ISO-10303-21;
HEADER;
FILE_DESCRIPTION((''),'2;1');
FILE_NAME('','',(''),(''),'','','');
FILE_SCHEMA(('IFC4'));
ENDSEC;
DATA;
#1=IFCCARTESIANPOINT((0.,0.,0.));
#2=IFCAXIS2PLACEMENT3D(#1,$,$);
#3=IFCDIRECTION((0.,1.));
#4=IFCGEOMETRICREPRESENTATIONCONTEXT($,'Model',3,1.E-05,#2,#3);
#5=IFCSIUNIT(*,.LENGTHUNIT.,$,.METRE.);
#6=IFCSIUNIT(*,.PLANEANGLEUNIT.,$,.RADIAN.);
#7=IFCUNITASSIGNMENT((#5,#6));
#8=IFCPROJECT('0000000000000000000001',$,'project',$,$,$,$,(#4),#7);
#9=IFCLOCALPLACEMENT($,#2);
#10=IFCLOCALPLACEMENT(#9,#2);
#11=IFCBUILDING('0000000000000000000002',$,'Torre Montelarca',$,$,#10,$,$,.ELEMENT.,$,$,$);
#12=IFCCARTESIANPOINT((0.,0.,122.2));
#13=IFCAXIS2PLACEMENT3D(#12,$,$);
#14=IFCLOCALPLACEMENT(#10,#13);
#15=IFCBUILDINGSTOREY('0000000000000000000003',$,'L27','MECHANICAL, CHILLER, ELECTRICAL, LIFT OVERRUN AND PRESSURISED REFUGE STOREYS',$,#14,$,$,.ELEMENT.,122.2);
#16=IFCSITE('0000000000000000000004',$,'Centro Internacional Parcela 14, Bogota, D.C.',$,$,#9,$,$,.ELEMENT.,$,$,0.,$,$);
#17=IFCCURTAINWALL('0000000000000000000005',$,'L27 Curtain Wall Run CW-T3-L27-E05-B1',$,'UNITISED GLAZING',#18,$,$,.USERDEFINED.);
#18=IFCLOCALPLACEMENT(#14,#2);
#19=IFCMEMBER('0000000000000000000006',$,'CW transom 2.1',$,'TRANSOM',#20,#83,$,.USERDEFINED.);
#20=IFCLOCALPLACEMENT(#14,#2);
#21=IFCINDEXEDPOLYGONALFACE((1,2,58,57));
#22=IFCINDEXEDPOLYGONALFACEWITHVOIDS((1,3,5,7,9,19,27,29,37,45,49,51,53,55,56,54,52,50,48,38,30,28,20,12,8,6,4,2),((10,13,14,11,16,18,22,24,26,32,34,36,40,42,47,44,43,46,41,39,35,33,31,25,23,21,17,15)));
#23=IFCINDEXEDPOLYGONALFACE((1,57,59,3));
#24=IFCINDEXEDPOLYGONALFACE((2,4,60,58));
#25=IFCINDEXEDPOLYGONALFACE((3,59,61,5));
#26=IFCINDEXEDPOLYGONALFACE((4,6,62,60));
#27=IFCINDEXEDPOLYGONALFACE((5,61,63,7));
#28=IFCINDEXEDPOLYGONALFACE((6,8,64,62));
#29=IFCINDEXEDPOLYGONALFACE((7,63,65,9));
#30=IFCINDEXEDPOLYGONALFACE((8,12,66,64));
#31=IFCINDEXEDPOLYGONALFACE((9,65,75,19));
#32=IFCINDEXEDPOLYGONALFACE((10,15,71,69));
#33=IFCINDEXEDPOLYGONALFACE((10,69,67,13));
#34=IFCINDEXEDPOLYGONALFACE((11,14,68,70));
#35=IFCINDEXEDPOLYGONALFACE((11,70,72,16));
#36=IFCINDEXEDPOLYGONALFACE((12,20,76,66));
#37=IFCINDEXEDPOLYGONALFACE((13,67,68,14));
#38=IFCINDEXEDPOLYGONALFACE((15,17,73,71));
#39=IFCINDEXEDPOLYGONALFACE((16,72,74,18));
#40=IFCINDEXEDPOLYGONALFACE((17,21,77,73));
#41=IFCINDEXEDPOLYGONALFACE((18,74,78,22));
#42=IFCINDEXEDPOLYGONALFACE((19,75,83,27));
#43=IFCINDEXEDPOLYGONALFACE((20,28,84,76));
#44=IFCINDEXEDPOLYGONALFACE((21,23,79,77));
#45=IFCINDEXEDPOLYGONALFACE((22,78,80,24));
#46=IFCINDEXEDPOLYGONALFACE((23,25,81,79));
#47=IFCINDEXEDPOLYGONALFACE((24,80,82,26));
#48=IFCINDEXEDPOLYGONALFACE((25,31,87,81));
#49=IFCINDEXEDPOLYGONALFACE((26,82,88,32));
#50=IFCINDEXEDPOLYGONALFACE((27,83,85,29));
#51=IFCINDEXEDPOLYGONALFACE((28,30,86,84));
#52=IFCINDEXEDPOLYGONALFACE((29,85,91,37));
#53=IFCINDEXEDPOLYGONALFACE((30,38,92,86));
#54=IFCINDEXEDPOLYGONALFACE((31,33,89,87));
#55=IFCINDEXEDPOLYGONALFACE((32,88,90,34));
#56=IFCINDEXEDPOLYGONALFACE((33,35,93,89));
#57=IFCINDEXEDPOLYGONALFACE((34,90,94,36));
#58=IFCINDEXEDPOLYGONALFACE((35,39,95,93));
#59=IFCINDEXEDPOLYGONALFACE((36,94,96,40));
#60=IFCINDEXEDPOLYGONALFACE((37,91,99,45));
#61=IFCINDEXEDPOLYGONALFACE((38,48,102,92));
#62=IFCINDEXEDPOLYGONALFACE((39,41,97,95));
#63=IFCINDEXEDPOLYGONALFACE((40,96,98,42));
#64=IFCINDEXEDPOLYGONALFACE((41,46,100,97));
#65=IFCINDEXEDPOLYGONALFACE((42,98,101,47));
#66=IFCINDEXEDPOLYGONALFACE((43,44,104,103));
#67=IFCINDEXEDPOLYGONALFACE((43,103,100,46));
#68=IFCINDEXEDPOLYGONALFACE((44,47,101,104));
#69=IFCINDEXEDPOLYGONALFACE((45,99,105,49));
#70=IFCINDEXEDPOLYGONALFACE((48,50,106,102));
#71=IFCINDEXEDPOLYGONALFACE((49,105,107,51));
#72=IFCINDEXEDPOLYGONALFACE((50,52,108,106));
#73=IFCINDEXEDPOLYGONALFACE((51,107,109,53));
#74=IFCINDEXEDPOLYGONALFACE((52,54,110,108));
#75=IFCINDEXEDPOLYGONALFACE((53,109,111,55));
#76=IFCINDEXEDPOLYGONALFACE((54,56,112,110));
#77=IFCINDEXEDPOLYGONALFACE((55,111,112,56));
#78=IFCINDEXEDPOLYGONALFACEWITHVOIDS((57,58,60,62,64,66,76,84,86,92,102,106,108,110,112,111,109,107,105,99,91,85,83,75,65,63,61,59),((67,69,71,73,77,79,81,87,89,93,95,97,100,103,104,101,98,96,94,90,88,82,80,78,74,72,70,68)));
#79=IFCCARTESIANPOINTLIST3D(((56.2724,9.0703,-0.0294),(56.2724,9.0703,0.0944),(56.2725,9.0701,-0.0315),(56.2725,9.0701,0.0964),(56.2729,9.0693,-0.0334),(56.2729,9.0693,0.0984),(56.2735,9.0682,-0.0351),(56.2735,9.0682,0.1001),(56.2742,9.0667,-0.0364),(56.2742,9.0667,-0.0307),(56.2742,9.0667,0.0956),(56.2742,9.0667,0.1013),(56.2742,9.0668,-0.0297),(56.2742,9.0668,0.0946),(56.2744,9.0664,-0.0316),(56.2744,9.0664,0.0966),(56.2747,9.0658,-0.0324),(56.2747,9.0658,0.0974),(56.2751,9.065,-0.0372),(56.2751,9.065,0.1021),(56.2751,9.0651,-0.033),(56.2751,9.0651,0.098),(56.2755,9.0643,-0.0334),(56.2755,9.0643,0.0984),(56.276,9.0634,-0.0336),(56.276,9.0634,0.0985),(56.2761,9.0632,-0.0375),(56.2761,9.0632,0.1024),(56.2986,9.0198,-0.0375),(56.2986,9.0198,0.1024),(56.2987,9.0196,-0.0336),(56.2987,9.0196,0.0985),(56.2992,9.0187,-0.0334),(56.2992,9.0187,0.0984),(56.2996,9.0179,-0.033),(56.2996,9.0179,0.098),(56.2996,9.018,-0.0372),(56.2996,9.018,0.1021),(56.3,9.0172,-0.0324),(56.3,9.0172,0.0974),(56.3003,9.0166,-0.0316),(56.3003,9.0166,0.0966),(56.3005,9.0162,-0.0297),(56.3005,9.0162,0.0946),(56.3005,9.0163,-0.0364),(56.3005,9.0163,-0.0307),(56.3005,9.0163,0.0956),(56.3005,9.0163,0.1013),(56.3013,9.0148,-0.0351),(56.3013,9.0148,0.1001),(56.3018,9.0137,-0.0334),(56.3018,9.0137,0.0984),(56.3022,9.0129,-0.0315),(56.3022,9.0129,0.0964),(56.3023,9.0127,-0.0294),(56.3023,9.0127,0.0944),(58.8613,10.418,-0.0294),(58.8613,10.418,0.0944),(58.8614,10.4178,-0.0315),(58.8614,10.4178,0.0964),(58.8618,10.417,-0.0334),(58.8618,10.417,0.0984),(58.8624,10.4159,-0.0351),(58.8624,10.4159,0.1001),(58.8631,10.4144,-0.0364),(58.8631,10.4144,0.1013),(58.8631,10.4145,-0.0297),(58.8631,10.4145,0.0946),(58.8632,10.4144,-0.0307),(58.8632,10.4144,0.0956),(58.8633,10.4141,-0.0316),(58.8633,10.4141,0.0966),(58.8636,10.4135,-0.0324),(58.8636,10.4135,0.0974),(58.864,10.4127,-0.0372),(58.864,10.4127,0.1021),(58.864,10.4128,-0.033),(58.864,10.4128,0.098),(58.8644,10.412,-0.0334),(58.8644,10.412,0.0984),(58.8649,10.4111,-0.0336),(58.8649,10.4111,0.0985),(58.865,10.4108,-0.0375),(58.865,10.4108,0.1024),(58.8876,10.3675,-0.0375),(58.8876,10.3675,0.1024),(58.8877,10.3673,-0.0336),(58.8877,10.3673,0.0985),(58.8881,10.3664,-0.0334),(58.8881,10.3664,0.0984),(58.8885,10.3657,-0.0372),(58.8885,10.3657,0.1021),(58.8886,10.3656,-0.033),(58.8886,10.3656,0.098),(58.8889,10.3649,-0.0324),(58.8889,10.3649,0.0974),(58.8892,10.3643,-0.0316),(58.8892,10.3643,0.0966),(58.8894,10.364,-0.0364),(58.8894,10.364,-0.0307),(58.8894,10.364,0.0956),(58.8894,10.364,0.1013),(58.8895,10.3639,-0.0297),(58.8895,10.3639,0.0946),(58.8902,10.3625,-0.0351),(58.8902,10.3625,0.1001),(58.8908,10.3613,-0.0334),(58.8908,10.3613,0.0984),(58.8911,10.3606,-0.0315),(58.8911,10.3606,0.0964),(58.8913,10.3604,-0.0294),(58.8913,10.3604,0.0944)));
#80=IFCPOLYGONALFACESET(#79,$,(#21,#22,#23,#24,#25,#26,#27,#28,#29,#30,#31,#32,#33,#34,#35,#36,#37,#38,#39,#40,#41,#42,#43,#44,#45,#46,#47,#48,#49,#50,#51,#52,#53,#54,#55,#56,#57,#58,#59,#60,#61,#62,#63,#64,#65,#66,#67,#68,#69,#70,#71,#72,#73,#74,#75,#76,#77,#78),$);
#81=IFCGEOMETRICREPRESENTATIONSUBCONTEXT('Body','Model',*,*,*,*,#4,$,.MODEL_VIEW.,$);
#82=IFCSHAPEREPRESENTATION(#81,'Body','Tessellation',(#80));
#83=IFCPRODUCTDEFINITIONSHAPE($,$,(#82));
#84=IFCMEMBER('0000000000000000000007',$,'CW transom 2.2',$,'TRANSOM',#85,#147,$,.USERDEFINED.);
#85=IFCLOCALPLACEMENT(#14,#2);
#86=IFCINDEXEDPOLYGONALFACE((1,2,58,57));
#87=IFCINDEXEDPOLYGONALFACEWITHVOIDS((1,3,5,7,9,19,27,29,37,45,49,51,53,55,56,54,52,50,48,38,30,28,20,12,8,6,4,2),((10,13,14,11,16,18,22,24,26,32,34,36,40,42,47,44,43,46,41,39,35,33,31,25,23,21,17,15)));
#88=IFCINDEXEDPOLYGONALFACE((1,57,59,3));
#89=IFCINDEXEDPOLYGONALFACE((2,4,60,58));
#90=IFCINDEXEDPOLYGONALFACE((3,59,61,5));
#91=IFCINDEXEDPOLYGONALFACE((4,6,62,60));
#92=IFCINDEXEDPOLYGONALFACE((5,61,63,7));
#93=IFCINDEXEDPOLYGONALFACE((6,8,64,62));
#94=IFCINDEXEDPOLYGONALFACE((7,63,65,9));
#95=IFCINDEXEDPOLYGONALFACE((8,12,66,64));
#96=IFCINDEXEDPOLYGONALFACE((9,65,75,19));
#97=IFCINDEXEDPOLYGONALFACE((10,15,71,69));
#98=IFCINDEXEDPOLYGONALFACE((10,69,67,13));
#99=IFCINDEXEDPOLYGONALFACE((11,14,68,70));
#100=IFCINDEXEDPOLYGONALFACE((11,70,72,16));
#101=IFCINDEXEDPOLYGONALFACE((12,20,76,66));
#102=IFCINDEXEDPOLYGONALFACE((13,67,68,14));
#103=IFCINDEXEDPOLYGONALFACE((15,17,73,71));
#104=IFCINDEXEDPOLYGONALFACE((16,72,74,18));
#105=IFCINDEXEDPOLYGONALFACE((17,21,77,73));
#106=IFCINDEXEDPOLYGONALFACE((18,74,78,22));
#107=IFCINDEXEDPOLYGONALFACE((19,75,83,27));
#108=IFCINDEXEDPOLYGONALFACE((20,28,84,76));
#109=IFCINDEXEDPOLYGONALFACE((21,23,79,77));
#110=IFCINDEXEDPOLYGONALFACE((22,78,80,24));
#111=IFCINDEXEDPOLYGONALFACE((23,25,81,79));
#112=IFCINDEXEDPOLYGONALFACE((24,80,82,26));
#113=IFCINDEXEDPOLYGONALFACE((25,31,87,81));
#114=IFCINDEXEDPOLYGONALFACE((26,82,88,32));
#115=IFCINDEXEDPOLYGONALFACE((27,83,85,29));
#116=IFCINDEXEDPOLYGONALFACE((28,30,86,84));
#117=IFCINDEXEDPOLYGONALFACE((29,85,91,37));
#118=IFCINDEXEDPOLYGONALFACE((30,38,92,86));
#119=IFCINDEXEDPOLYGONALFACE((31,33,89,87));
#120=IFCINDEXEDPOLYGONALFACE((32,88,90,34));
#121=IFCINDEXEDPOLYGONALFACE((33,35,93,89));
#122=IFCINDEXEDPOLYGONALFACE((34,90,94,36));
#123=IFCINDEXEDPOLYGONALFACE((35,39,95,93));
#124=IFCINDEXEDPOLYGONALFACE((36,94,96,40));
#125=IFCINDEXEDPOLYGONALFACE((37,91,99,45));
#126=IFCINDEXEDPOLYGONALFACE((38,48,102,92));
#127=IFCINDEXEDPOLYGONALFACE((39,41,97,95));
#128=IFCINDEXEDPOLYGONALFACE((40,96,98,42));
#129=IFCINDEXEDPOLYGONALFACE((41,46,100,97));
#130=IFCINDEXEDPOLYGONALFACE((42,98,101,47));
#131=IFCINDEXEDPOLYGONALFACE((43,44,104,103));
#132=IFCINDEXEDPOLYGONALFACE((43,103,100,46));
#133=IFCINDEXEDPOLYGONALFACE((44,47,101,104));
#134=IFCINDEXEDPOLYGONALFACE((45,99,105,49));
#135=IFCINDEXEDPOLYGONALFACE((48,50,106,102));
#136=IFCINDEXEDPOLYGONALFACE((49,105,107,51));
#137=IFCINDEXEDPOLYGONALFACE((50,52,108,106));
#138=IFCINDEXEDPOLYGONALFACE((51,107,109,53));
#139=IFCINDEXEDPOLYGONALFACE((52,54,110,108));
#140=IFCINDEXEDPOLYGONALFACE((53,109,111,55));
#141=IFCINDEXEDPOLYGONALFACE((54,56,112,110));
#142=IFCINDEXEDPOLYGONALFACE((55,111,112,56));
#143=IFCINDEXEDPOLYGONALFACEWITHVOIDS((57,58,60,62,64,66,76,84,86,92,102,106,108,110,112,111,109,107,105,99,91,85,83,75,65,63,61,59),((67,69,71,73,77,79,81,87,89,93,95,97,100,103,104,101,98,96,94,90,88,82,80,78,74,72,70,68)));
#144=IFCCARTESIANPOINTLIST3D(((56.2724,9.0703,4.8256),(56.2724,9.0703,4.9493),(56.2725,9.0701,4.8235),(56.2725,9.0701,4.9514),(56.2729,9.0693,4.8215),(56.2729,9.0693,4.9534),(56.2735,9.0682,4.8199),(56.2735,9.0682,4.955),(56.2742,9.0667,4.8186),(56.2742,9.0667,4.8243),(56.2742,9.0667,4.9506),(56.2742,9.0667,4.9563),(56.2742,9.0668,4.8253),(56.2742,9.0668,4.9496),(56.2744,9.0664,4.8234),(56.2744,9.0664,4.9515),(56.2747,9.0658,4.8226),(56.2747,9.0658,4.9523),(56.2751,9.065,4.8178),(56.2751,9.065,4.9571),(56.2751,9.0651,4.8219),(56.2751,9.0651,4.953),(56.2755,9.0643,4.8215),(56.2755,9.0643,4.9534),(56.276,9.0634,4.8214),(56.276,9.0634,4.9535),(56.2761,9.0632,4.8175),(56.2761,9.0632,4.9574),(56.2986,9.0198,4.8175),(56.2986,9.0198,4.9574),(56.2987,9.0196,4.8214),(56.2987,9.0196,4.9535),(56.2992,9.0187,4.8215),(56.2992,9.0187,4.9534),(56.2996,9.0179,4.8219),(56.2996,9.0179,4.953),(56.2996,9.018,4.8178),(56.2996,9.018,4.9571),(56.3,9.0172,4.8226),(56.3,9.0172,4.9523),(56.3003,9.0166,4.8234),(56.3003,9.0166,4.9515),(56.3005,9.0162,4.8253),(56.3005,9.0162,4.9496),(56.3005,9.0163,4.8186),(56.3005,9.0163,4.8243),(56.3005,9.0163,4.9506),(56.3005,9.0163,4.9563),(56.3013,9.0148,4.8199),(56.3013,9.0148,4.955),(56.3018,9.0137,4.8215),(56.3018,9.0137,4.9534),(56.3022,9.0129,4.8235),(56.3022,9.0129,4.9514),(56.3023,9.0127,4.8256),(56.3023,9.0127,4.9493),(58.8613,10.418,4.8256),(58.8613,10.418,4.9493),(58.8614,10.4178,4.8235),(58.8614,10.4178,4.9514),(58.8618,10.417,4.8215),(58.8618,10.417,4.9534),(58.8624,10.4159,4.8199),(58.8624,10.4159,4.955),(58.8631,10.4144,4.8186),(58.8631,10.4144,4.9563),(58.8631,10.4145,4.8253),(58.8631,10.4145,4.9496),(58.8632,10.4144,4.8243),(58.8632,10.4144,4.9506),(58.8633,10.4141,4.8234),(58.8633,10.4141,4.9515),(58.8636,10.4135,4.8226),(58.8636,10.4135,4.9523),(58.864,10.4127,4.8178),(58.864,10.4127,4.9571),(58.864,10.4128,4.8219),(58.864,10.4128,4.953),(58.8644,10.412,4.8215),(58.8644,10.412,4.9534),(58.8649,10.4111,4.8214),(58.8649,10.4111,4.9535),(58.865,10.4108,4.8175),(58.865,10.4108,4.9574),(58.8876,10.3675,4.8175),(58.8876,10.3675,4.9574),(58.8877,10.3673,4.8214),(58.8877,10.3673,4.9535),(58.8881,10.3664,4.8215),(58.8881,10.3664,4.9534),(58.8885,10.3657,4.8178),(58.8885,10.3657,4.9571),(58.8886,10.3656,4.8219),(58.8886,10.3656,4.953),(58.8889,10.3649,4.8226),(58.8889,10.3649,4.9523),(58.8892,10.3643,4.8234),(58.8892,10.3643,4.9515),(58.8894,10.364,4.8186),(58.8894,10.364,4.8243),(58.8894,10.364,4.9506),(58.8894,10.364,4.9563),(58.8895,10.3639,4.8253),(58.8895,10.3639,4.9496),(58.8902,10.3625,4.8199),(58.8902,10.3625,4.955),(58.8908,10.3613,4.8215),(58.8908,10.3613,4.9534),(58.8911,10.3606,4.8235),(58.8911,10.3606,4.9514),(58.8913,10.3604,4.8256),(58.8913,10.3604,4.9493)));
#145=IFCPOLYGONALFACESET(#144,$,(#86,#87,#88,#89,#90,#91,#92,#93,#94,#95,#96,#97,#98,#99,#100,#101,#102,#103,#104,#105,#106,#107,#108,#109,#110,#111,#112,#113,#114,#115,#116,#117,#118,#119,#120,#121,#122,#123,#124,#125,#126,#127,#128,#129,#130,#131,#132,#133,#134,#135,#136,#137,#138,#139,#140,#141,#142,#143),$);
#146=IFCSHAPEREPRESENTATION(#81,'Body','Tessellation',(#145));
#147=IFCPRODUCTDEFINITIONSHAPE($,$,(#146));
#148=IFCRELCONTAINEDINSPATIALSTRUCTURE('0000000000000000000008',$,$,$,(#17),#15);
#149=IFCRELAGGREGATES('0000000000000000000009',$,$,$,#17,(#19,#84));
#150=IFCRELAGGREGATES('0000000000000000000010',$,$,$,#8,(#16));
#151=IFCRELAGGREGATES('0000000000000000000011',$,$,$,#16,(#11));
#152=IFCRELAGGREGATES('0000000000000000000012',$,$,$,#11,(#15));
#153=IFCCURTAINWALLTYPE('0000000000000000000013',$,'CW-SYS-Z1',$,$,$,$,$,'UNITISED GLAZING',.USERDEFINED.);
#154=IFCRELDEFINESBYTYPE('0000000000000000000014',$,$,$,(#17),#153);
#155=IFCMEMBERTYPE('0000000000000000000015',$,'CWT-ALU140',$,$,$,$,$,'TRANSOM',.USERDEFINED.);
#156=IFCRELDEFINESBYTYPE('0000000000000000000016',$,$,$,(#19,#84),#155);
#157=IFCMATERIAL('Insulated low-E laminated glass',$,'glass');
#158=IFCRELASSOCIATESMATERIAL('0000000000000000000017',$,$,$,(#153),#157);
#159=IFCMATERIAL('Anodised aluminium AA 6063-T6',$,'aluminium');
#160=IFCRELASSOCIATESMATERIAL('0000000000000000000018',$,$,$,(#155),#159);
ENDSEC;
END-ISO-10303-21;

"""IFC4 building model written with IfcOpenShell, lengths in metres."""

from ifc_helpers import new_model, si_unit, direction, frame, origin, origin_2d, place, context, subcontext, project, spatial, hollow_rectangle, extrude, source, transform, mapped, material, material_profile, profile_set, type_object, element, aggregate, save


model = new_model("IFC4")

# Units and contexts
model_context = context("Model", 3, precision=1e-05, world=origin(), true_north=direction((0.0, 1.0)))
body_context = subcontext(model_context, "Body", "Model", "MODEL_VIEW")
ifc_project = project(units=[si_unit("LENGTHUNIT", "METRE"), si_unit("PLANEANGLEUNIT", "RADIAN")], contexts=[model_context])

# Site, building, storey
site_placement = place(None, origin())
site = spatial("IfcSite", under=ifc_project, at=site_placement, Name="Centro Internacional Parcela 14, Bogota, D.C.", CompositionType="ELEMENT", RefElevation=0.0)
building_placement = place(site_placement, origin())
building = spatial("IfcBuilding", under=site, at=building_placement, Name="Torre Montelarca", CompositionType="ELEMENT")
storey_placement = place(building_placement, frame((0.0, 0.0, 122.2)))
storey = spatial("IfcBuildingStorey", under=building, at=storey_placement, Name="L27", Description="MECHANICAL, CHILLER, ELECTRICAL, LIFT OVERRUN AND PRESSURISED REFUGE STOREYS", CompositionType="ELEMENT", Elevation=122.2)

# Curtain wall, members
ifc_material_1 = material(Name="Insulated low-E laminated glass", Category="glass")
curtain_wall_type = type_object("IfcCurtainWallType", Name="CW-SYS-Z1", ElementType="UNITISED GLAZING", PredefinedType="USERDEFINED", material=ifc_material_1)
curtain_wall_placement = place(storey_placement, origin())
curtain_wall = element("IfcCurtainWall", 1, at=curtain_wall_placement, inside=storey, type_object=curtain_wall_type, Name="L27 Curtain Wall Run CW-T3-L27-E05-B1", ObjectType="UNITISED GLAZING", PredefinedType="USERDEFINED")
ifc_material_2 = material(Name="Anodised aluminium AA 6063-T6", Category="aluminium")
ifc_material_profile_1 = material_profile(ifc_material_2, hollow_rectangle(XDim=0.0649, YDim=0.1399, WallThickness=0.0039, InnerFilletRadius=0.0039, OuterFilletRadius=0.0081, at=origin_2d()), Name="ALU65X140X4", Category="aluminium")
ifc_profile_set_1 = profile_set([ifc_material_profile_1], Name="Anodised aluminium AA 6063-T6")
member_type_1 = type_object("IfcMemberType", Name="CWT-ALU140", ElementType="TRANSOM", PredefinedType="USERDEFINED", material=ifc_profile_set_1)
shared_shape_1 = source(origin(), body_context, "Body", "SweptSolid", [
    extrude(hollow_rectangle(XDim=0.0649, YDim=0.1399, WallThickness=0.0039, InnerFilletRadius=0.0039, OuterFilletRadius=0.0081, at=origin_2d()), origin(), (0.0, 0.0, 1.0), 2.9187),
])
member_1_placement = place(storey_placement, frame((56.2874, 9.0415, 0.0325), z_axis=(0.887014, 0.461742, 0.0), x_axis=(-0.461742, 0.887014, 0.0)))
member_1 = element("IfcMember", 2, at=member_1_placement, type_object=member_type_1, Name="CW transom 2.1", ObjectType="TRANSOM", PredefinedType="USERDEFINED", context=body_context, shape_type="MappedRepresentation", body=[
    mapped(shared_shape_1, transform((0.0, 0.0, 0.0), scale=1.0)),
])
member_2_placement = place(storey_placement, frame((56.2874, 9.0415, 4.8875), z_axis=(0.887014, 0.461742, 0.0), x_axis=(-0.461742, 0.887014, 0.0)))
member_2 = element("IfcMember", 3, at=member_2_placement, type_object=member_type_1, Name="CW transom 2.2", ObjectType="TRANSOM", PredefinedType="USERDEFINED", context=body_context, shape_type="MappedRepresentation", body=[
    mapped(shared_shape_1, transform((0.0, 0.0, 0.0), scale=1.0)),
])

aggregate(curtain_wall, [member_1, member_2])

save(model, "model.ifc")
